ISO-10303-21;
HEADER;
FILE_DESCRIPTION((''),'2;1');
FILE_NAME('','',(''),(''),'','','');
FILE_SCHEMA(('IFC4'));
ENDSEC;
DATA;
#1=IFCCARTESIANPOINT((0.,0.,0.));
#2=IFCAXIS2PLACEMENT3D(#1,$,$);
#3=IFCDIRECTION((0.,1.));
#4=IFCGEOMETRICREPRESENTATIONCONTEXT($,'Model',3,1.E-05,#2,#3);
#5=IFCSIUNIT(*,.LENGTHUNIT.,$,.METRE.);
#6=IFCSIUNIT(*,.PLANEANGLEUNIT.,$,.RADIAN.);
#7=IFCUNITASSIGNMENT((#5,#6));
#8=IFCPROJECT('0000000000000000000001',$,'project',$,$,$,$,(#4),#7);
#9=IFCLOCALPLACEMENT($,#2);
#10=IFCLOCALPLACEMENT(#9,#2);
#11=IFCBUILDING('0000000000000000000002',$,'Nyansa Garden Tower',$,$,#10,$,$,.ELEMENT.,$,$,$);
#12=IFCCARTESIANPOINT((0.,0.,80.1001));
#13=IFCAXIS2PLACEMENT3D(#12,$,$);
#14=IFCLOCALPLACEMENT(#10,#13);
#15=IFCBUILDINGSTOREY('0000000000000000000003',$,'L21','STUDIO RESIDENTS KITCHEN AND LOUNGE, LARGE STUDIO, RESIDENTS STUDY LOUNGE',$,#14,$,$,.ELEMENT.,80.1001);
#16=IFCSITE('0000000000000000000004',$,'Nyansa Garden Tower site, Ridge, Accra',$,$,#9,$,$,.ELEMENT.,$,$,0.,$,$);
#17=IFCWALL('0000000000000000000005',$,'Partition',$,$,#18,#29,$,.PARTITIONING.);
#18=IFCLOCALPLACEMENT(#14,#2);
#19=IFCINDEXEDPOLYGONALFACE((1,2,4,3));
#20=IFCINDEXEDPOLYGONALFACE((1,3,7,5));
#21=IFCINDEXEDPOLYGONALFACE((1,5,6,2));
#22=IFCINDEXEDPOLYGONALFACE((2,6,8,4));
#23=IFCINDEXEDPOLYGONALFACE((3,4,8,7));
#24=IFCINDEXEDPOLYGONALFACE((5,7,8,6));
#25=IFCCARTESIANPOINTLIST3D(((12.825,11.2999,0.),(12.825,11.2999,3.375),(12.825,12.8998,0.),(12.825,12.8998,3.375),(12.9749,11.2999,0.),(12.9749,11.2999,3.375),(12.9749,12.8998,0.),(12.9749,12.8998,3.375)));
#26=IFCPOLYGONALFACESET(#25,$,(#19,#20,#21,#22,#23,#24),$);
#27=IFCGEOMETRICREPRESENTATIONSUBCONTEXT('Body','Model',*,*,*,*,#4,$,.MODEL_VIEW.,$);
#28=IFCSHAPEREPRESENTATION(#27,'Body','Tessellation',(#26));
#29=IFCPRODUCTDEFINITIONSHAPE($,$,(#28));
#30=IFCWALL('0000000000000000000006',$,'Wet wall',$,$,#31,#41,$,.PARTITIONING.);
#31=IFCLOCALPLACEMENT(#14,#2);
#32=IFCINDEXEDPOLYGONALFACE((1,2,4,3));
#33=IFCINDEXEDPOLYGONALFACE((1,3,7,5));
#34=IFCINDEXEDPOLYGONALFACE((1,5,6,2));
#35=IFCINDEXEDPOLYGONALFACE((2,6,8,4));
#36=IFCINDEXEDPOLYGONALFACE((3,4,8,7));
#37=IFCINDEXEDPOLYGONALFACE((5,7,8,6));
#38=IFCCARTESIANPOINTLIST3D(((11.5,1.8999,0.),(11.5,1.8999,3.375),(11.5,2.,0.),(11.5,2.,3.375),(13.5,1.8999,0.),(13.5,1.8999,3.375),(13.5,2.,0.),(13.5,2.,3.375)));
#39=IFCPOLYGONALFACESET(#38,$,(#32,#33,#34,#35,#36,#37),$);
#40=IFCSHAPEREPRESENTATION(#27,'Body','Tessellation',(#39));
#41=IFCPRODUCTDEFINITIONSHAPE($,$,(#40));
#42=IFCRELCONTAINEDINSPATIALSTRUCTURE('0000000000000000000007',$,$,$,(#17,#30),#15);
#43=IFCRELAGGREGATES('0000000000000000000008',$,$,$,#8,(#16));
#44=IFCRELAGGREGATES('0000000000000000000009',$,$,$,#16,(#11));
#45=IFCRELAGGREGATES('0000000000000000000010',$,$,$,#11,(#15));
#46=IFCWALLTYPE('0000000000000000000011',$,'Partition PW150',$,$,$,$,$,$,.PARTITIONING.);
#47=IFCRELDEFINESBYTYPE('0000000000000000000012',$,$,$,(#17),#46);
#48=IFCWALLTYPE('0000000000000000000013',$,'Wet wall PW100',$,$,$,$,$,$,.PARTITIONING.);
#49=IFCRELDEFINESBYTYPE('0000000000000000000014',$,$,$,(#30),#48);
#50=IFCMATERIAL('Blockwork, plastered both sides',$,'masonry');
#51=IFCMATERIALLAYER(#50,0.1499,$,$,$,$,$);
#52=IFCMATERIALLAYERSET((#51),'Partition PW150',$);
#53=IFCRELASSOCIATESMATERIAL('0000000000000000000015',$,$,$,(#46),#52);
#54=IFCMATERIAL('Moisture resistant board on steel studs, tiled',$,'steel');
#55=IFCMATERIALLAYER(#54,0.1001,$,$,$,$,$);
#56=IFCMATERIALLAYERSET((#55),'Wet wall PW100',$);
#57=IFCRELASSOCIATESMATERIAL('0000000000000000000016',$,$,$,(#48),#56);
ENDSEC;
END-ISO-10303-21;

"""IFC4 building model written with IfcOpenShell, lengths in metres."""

from ifc_helpers import new_model, si_unit, direction, frame, frame_2d, origin, place, context, subcontext, project, spatial, rectangle, extrude, material, layer, layer_set, type_object, element, save


model = new_model("IFC4")

# Units and contexts
model_context = context("Model", 3, precision=1e-05, world=origin(), true_north=direction((0.0, 1.0)))
body_context = subcontext(model_context, "Body", "Model", "MODEL_VIEW")
ifc_project = project(units=[si_unit("LENGTHUNIT", "METRE"), si_unit("PLANEANGLEUNIT", "RADIAN")], contexts=[model_context])

# Site, building, storey
site_placement = place(None, origin())
site = spatial("IfcSite", under=ifc_project, at=site_placement, Name="Nyansa Garden Tower site, Ridge, Accra", CompositionType="ELEMENT", RefElevation=0.0)
building_placement = place(site_placement, origin())
building = spatial("IfcBuilding", under=site, at=building_placement, Name="Nyansa Garden Tower", CompositionType="ELEMENT")
storey_placement = place(building_placement, frame((0.0, 0.0, 80.1001)))
storey = spatial("IfcBuildingStorey", under=building, at=storey_placement, Name="L21", Description="STUDIO RESIDENTS KITCHEN AND LOUNGE, LARGE STUDIO, RESIDENTS STUDY LOUNGE", CompositionType="ELEMENT", Elevation=80.1001)

# Shared definitions
ifc_material_1 = material(Name="Blockwork, plastered both sides", Category="masonry")
ifc_layer_1 = layer(ifc_material_1, 0.1499)
ifc_layer_set_1 = layer_set([ifc_layer_1], Name="Partition PW150")
wall_type_1 = type_object("IfcWallType", Name="Partition PW150", PredefinedType="PARTITIONING", material=ifc_layer_set_1)

# Walls
wall_1_placement = place(storey_placement, frame((12.8999, 11.3, 0.0), z_axis=(0.0, 0.0, 1.0), x_axis=(0.0, 1.0, 0.0)))
element("IfcWall", 1, at=wall_1_placement, inside=storey, type_object=wall_type_1, Name="Partition", PredefinedType="PARTITIONING", context=body_context, shape_type="SweptSolid", body=[
    extrude(rectangle(XDim=1.5999, YDim=0.1499, at=frame_2d((0.7998, 0.0))), origin(), (0.0, 0.0, 1.0), 3.375),
])
ifc_material_2 = material(Name="Moisture resistant board on steel studs, tiled", Category="steel")
ifc_layer_2 = layer(ifc_material_2, 0.1001)
ifc_layer_set_2 = layer_set([ifc_layer_2], Name="Wet wall PW100")
wall_type_2 = type_object("IfcWallType", Name="Wet wall PW100", PredefinedType="PARTITIONING", material=ifc_layer_set_2)
wall_2_placement = place(storey_placement, frame((11.5, 1.95, 0.0), z_axis=(0.0, 0.0, 1.0), x_axis=(1.0, 0.0, 0.0)))
element("IfcWall", 2, at=wall_2_placement, inside=storey, type_object=wall_type_2, Name="Wet wall", PredefinedType="PARTITIONING", context=body_context, shape_type="SweptSolid", body=[
    extrude(rectangle(XDim=2.0, YDim=0.1001, at=frame_2d((1.0, 0.0))), origin(), (0.0, 0.0, 1.0), 3.375),
])

save(model, "model.ifc")
